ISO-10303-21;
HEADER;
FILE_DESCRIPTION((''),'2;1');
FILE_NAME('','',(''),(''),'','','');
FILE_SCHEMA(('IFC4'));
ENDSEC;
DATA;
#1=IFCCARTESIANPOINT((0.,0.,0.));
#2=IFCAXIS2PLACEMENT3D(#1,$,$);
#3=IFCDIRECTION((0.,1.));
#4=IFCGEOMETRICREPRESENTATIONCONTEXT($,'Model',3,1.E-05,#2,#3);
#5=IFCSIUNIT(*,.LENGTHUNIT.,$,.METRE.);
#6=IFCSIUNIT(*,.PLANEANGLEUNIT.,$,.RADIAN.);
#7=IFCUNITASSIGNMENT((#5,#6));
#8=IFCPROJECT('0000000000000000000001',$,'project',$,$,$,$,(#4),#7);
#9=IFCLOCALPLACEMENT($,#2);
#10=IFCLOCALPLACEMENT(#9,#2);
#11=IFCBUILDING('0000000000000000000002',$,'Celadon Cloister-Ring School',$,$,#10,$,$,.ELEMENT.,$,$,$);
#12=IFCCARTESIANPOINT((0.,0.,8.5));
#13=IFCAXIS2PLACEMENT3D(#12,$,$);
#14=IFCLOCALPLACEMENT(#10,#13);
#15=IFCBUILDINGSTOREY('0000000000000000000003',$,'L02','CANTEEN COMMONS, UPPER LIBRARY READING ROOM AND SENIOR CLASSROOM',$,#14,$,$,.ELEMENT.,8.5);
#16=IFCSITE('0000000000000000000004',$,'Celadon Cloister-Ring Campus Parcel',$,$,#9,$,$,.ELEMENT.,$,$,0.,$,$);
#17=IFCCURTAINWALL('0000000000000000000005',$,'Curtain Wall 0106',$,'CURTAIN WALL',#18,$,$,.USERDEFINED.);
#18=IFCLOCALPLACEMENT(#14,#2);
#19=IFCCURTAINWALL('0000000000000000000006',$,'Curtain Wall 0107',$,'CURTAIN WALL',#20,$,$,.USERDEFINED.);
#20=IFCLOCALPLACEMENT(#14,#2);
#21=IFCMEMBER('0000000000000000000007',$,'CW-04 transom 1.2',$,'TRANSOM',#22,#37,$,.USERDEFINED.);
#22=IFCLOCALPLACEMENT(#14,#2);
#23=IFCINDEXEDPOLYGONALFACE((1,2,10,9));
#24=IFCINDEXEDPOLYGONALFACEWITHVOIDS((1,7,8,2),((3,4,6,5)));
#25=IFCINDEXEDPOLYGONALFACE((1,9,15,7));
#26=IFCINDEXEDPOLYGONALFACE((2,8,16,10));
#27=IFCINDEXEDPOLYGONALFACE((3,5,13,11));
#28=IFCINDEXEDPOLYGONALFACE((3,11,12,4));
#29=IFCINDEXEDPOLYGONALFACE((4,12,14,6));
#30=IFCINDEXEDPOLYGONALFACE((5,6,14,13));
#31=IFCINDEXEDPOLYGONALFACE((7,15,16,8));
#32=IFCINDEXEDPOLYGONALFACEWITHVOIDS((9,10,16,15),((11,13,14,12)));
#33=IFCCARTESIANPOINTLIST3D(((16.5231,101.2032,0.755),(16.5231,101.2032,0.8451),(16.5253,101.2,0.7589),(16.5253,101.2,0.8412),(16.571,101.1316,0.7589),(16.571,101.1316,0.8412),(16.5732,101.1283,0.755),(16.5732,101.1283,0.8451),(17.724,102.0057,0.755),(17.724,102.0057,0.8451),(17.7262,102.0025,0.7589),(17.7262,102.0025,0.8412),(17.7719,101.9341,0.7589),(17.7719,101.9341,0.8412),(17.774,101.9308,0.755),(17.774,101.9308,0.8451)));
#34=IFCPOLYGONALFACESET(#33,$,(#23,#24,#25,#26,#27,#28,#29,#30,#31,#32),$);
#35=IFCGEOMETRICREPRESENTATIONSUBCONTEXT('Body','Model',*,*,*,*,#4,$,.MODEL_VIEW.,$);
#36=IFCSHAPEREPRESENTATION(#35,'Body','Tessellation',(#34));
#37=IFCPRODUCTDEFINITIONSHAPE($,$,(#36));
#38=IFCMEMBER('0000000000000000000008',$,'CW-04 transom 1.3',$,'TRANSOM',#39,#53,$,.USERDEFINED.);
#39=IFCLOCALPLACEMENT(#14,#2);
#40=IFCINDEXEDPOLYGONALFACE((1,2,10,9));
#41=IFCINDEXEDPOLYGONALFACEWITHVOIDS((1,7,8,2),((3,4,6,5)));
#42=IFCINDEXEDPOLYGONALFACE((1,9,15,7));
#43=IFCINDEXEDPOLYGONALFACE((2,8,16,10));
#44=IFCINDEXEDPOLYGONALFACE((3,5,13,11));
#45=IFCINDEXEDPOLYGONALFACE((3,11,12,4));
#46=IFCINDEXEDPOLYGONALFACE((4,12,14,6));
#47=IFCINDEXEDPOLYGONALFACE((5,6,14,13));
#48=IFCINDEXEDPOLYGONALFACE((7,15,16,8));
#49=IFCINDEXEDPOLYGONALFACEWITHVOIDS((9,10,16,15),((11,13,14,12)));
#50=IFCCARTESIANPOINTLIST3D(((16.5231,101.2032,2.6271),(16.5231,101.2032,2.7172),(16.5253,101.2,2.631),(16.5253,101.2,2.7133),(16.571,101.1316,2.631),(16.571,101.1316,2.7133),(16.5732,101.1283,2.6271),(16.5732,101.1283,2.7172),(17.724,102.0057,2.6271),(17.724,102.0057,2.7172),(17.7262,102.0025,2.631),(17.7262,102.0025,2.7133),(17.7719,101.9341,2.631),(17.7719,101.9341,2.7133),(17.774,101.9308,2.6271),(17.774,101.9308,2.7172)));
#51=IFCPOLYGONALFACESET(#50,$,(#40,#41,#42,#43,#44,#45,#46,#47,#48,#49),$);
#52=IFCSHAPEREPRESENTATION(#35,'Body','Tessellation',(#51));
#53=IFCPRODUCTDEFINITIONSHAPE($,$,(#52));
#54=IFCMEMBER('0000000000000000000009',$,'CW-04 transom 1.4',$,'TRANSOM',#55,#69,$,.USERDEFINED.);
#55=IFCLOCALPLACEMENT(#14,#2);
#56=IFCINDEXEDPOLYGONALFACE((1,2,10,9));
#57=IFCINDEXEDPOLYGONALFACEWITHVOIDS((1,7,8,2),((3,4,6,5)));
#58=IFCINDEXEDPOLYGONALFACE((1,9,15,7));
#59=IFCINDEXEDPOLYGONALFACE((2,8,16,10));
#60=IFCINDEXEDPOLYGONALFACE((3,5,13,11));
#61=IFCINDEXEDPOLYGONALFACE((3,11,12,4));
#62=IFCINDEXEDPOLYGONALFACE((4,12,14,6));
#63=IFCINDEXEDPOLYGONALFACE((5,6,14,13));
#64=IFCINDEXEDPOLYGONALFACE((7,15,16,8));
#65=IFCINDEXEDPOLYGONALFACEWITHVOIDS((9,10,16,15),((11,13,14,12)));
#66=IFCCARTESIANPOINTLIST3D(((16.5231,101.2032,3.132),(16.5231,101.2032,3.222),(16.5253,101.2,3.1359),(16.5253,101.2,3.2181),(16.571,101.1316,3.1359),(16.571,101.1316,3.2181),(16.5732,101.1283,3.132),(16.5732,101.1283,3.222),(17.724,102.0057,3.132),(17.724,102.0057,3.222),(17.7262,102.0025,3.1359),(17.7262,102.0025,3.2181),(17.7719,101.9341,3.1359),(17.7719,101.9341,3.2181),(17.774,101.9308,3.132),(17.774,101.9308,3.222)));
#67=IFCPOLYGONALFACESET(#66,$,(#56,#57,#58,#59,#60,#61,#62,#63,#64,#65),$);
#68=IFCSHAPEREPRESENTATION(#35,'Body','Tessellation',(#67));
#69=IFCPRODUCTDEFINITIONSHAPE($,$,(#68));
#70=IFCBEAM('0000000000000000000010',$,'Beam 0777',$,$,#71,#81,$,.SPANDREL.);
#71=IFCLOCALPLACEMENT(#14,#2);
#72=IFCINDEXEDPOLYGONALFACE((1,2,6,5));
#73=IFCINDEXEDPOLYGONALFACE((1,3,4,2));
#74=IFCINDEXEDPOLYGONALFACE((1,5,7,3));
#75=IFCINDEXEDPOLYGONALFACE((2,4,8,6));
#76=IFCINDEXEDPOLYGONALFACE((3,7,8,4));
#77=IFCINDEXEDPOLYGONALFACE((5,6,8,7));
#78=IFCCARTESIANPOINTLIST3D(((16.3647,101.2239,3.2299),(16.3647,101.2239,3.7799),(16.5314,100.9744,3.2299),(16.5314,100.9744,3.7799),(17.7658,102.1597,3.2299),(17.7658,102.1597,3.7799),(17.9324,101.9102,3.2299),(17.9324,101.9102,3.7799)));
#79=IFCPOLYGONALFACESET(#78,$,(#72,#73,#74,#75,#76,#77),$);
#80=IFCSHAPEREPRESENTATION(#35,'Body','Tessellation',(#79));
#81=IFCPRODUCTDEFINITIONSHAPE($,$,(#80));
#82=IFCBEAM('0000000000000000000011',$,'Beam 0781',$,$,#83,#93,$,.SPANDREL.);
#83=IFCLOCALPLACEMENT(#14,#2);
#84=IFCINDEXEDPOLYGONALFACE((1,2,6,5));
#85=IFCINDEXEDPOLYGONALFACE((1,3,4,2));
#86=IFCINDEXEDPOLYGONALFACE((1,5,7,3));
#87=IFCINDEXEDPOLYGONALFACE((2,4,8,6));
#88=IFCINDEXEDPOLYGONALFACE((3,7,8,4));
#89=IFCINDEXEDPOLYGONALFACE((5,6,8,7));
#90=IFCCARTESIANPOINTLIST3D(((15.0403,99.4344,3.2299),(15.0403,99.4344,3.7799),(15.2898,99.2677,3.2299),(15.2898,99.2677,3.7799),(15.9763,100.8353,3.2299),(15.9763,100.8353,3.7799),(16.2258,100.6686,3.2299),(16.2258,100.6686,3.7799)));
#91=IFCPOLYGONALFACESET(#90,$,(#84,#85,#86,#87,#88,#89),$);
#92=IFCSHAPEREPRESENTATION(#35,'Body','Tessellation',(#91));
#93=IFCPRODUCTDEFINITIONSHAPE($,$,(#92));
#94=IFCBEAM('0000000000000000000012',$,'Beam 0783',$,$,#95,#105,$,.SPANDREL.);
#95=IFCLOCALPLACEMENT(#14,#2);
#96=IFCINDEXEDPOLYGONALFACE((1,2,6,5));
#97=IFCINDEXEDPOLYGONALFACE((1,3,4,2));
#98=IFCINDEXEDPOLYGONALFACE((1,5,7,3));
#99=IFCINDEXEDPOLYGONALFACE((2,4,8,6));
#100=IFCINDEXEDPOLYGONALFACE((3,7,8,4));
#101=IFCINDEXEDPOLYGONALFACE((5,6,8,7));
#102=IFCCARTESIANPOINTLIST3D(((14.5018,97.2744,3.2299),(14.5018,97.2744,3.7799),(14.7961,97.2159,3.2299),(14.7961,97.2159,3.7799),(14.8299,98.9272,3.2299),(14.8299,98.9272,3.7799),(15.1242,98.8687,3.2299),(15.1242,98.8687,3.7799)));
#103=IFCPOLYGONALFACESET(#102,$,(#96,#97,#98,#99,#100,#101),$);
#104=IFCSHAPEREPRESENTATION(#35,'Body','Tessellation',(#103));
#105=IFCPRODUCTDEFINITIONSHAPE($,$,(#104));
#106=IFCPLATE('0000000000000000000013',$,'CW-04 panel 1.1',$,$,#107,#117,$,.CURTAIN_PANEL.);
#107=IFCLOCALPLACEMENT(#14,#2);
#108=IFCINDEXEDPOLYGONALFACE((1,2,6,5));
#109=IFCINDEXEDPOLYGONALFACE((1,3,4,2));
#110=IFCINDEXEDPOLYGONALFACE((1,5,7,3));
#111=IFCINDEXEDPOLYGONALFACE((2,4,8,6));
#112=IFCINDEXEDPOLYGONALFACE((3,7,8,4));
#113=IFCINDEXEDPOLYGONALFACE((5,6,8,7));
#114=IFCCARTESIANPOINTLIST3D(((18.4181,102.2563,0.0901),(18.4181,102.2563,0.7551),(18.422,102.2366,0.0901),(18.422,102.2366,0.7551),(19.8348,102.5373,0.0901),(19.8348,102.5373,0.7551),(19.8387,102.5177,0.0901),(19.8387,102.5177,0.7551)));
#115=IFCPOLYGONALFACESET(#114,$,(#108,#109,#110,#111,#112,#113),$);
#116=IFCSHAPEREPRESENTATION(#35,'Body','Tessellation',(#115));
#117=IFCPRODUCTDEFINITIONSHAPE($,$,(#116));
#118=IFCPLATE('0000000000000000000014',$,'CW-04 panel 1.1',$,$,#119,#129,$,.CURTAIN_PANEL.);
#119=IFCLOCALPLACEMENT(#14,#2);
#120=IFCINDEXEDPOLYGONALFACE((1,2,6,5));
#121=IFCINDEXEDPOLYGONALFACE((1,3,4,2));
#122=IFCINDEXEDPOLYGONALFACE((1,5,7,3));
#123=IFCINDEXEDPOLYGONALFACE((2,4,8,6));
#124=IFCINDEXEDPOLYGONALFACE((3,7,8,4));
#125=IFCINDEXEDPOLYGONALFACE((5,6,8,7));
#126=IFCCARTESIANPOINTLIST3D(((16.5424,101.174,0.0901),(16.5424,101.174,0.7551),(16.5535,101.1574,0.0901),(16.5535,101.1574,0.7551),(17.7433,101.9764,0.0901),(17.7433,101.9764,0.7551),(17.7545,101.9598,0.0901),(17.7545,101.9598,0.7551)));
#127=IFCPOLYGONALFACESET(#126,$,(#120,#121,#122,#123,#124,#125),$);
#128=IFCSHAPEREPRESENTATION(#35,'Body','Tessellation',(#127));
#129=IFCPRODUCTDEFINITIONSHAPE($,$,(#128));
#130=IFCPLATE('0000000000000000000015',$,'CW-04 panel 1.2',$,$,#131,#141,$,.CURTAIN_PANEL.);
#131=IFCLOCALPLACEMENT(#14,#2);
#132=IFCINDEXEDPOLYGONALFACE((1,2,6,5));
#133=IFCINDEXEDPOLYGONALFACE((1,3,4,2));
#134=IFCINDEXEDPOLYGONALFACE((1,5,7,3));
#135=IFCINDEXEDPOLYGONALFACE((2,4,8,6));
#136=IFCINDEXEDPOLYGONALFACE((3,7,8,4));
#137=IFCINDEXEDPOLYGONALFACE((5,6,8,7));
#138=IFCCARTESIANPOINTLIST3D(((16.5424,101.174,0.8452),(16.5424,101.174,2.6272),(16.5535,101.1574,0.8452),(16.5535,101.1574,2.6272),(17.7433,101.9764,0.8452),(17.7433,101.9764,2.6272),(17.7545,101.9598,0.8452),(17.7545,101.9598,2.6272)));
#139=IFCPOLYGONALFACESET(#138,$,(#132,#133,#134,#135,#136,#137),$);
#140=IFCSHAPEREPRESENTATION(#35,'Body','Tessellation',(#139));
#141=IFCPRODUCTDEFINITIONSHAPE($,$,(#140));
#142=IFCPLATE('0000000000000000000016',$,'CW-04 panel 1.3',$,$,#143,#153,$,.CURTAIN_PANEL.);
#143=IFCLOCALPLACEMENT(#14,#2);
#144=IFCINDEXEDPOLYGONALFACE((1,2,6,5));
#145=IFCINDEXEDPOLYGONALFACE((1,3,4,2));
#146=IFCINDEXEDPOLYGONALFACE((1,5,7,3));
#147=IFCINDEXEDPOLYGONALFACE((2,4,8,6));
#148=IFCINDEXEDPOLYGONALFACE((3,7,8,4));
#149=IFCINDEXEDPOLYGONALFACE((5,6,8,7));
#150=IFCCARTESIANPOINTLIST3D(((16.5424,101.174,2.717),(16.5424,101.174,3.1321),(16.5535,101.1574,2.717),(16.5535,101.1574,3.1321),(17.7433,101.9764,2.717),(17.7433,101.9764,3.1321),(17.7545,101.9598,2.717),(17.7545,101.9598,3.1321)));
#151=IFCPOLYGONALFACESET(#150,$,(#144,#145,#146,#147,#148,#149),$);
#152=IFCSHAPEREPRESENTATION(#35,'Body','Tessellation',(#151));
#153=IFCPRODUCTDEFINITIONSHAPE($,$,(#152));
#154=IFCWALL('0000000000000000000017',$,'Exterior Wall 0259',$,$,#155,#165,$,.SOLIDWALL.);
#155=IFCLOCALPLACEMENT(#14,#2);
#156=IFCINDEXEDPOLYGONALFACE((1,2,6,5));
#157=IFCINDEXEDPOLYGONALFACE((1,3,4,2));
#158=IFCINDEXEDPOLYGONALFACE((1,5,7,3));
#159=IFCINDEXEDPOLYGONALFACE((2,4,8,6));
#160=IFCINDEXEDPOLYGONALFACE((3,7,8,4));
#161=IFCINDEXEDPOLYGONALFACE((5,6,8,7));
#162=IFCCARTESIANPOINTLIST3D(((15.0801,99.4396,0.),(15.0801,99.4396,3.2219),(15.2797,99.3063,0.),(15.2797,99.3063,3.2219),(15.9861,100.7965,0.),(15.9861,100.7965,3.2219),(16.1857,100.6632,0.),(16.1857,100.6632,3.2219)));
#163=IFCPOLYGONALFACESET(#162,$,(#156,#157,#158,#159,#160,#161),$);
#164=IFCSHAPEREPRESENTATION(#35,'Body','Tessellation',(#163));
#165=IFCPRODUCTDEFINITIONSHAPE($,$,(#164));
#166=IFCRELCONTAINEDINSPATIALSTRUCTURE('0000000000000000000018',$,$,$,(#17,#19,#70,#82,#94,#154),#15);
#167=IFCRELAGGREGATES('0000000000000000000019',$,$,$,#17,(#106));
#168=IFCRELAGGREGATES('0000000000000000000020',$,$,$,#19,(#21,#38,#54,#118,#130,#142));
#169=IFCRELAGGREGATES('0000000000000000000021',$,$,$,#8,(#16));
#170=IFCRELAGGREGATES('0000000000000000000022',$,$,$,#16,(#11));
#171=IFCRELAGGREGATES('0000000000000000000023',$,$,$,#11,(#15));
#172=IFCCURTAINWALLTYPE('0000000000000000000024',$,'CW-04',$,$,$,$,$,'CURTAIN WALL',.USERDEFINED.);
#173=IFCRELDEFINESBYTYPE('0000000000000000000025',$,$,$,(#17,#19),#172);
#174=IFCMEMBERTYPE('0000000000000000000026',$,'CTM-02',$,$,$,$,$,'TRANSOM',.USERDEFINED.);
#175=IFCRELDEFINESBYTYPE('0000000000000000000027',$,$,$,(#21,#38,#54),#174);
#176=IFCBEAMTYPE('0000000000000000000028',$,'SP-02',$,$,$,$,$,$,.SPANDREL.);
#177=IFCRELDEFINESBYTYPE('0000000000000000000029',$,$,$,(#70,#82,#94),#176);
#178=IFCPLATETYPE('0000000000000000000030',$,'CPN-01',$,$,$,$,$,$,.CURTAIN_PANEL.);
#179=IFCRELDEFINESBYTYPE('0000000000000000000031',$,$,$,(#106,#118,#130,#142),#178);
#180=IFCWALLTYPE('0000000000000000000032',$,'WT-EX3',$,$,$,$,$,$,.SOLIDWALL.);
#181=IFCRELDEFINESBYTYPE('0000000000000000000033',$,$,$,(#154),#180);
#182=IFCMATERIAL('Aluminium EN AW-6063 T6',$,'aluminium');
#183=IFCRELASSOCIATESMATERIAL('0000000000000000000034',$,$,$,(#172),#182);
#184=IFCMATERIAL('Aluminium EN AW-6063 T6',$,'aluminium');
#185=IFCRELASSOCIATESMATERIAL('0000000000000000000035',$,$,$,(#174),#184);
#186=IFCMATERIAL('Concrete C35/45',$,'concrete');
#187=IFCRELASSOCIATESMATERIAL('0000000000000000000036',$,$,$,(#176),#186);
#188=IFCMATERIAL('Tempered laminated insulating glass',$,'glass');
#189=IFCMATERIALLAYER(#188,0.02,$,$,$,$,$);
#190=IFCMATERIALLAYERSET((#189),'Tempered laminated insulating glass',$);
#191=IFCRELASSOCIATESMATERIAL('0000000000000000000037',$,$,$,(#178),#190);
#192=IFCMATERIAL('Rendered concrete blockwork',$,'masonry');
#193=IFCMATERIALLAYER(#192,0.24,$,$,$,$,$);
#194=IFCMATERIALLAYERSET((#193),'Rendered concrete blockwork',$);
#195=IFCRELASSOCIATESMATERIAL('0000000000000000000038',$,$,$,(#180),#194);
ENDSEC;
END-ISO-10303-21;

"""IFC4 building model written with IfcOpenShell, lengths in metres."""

from ifc_helpers import new_model, si_unit, direction, frame, frame_2d, origin, origin_2d, place, context, subcontext, project, spatial, rectangle, hollow_rectangle, extrude, material, layer, layer_set, material_profile, profile_set, type_object, element, aggregate, save


model = new_model("IFC4")

# Units and contexts
model_context = context("Model", 3, precision=1e-05, world=origin(), true_north=direction((0.0, 1.0)))
body_context = subcontext(model_context, "Body", "Model", "MODEL_VIEW")
ifc_project = project(units=[si_unit("LENGTHUNIT", "METRE"), si_unit("PLANEANGLEUNIT", "RADIAN")], contexts=[model_context])

# Site, building, storey
site_placement = place(None, origin())
site = spatial("IfcSite", under=ifc_project, at=site_placement, Name="Celadon Cloister-Ring Campus Parcel", CompositionType="ELEMENT", RefElevation=0.0)
building_placement = place(site_placement, origin())
building = spatial("IfcBuilding", under=site, at=building_placement, Name="Celadon Cloister-Ring School", CompositionType="ELEMENT")
storey_placement = place(building_placement, frame((0.0, 0.0, 8.5)))
storey = spatial("IfcBuildingStorey", under=building, at=storey_placement, Name="L02", Description="CANTEEN COMMONS, UPPER LIBRARY READING ROOM AND SENIOR CLASSROOM", CompositionType="ELEMENT", Elevation=8.5)

# Curtain wall
ifc_material_1 = material(Name="Aluminium EN AW-6063 T6", Category="aluminium")
curtain_wall_type = type_object("IfcCurtainWallType", Name="CW-04", ElementType="CURTAIN WALL", PredefinedType="USERDEFINED", material=ifc_material_1)
curtain_wall_1_placement = place(storey_placement, origin())
curtain_wall_1 = element("IfcCurtainWall", 1, at=curtain_wall_1_placement, inside=storey, type_object=curtain_wall_type, Name="Curtain Wall 0106", ObjectType="CURTAIN WALL", PredefinedType="USERDEFINED")

# Curtain wall, members
curtain_wall_2_placement = place(storey_placement, origin())
curtain_wall_2 = element("IfcCurtainWall", 2, at=curtain_wall_2_placement, inside=storey, type_object=curtain_wall_type, Name="Curtain Wall 0107", ObjectType="CURTAIN WALL", PredefinedType="USERDEFINED")
ifc_material_2 = material(Name="Aluminium EN AW-6063 T6", Category="aluminium")
ifc_material_profile_1 = material_profile(ifc_material_2, hollow_rectangle(XDim=0.0901, YDim=0.0901, WallThickness=0.0039, at=origin_2d()), Name="RHS90X90X4")
ifc_profile_set_1 = profile_set([ifc_material_profile_1], Name="Aluminium EN AW-6063 T6")
member_type_1 = type_object("IfcMemberType", Name="CTM-02", ElementType="TRANSOM", PredefinedType="USERDEFINED", material=ifc_profile_set_1)
member_1_placement = place(storey_placement, frame((17.749, 101.9683, 0.8), z_axis=(-0.831452, -0.555597, 0.0), x_axis=(0.555597, -0.831452, 0.0)))
member_1 = element("IfcMember", 3, at=member_1_placement, type_object=member_type_1, Name="CW-04 transom 1.2", ObjectType="TRANSOM", PredefinedType="USERDEFINED", context=body_context, shape_type="SweptSolid", body=[
    extrude(hollow_rectangle(XDim=0.0901, YDim=0.0901, WallThickness=0.0039, at=origin_2d()), origin(), (0.0, 0.0, 1.0), 1.4443),
])
member_2_placement = place(storey_placement, frame((17.749, 101.9683, 2.6721), z_axis=(-0.831452, -0.555597, 0.0), x_axis=(0.555597, -0.831452, 0.0)))
member_2 = element("IfcMember", 4, at=member_2_placement, type_object=member_type_1, Name="CW-04 transom 1.3", ObjectType="TRANSOM", PredefinedType="USERDEFINED", context=body_context, shape_type="SweptSolid", body=[
    extrude(hollow_rectangle(XDim=0.0901, YDim=0.0901, WallThickness=0.0039, at=origin_2d()), origin(), (0.0, 0.0, 1.0), 1.4443),
])
member_3_placement = place(storey_placement, frame((17.749, 101.9683, 3.177), z_axis=(-0.831452, -0.555597, 0.0), x_axis=(0.555597, -0.831452, 0.0)))
member_3 = element("IfcMember", 5, at=member_3_placement, type_object=member_type_1, Name="CW-04 transom 1.4", ObjectType="TRANSOM", PredefinedType="USERDEFINED", context=body_context, shape_type="SweptSolid", body=[
    extrude(hollow_rectangle(XDim=0.0901, YDim=0.0901, WallThickness=0.0039, at=origin_2d()), origin(), (0.0, 0.0, 1.0), 1.4443),
])

# Beams
ifc_material_3 = material(Name="Concrete C35/45", Category="concrete")
ifc_material_profile_2 = material_profile(ifc_material_3, rectangle(XDim=0.3, YDim=0.55, at=origin_2d()), Name="RC300X550")
ifc_profile_set_2 = profile_set([ifc_material_profile_2], Name="Concrete C35/45")
beam_type = type_object("IfcBeamType", Name="SP-02", PredefinedType="SPANDREL", material=ifc_profile_set_2)
for number, where, z_axis, x_axis, name in (
    (6, (17.8491, 102.0349, 3.5049), (-0.831582, -0.555402, 0.0), (0.555402, -0.831582, 0.0), "Beam 0777"),
    (7, (16.1011, 100.752, 3.5049), (-0.555569, -0.83147, 0.0), (0.83147, -0.555569, 0.0), "Beam 0781"),
):
    element("IfcBeam", number, at=place(storey_placement, frame(where, z_axis=z_axis, x_axis=x_axis)), inside=storey, type_object=beam_type, Name=name, PredefinedType="SPANDREL", context=body_context, shape_type="SweptSolid", body=[
        extrude(rectangle(XDim=0.3, YDim=0.55, at=origin_2d()), origin(), (0.0, 0.0, 1.0), 1.6848),
    ])
beam_placement = place(storey_placement, frame((14.9771, 98.8979, 3.5049), z_axis=(-0.194723, -0.980858, 0.0), x_axis=(0.980858, -0.194723, 0.0)))
element("IfcBeam", 8, at=beam_placement, inside=storey, type_object=beam_type, Name="Beam 0783", PredefinedType="SPANDREL", context=body_context, shape_type="SweptSolid", body=[
    extrude(rectangle(XDim=0.3, YDim=0.55, at=origin_2d()), origin(), (0.0, 0.0, 1.0), 1.6851),
])

# Plates
ifc_material_4 = material(Name="Tempered laminated insulating glass", Category="glass")
ifc_layer_1 = layer(ifc_material_4, 0.02)
ifc_layer_set_1 = layer_set([ifc_layer_1], Name="Tempered laminated insulating glass")
plate_type = type_object("IfcPlateType", Name="CPN-01", PredefinedType="CURTAIN_PANEL", material=ifc_layer_set_1)
plate_1_placement = place(storey_placement, frame((19.1284, 102.387, 0.0901), z_axis=(0.0, 0.0, 1.0), x_axis=(-0.980885, -0.194586, 0.0)))
plate_1 = element("IfcPlate", 9, at=plate_1_placement, type_object=plate_type, Name="CW-04 panel 1.1", PredefinedType="CURTAIN_PANEL", context=body_context, shape_type="SweptSolid", body=[
    extrude(rectangle(XDim=1.4443, YDim=0.02, at=origin_2d()), origin(), (0.0, 0.0, 1.0), 0.665),
])
aggregate(curtain_wall_1, [plate_1])
plate_2_placement = place(storey_placement, frame((17.1484, 101.5669, 0.0901), z_axis=(0.0, 0.0, 1.0), x_axis=(-0.831485, -0.555547, 0.0)))
plate_2 = element("IfcPlate", 10, at=plate_2_placement, type_object=plate_type, Name="CW-04 panel 1.1", PredefinedType="CURTAIN_PANEL", context=body_context, shape_type="SweptSolid", body=[
    extrude(rectangle(XDim=1.4443, YDim=0.02, at=origin_2d()), origin(), (0.0, 0.0, 1.0), 0.665),
])
plate_3_placement = place(storey_placement, frame((17.1484, 101.5669, 0.8452), z_axis=(0.0, 0.0, 1.0), x_axis=(-0.831485, -0.555547, 0.0)))
plate_3 = element("IfcPlate", 11, at=plate_3_placement, type_object=plate_type, Name="CW-04 panel 1.2", PredefinedType="CURTAIN_PANEL", context=body_context, shape_type="SweptSolid", body=[
    extrude(rectangle(XDim=1.4443, YDim=0.02, at=origin_2d()), origin(), (0.0, 0.0, 1.0), 1.782),
])
plate_4_placement = place(storey_placement, frame((17.1484, 101.5669, 2.717), z_axis=(0.0, 0.0, 1.0), x_axis=(-0.831485, -0.555547, 0.0)))
plate_4 = element("IfcPlate", 12, at=plate_4_placement, type_object=plate_type, Name="CW-04 panel 1.3", PredefinedType="CURTAIN_PANEL", context=body_context, shape_type="SweptSolid", body=[
    extrude(rectangle(XDim=1.4443, YDim=0.02, at=origin_2d()), origin(), (0.0, 0.0, 1.0), 0.415),
])
aggregate(curtain_wall_2, [member_1, member_2, member_3, plate_2, plate_3, plate_4])

# Wall
ifc_material_5 = material(Name="Rendered concrete blockwork", Category="masonry")
ifc_layer_2 = layer(ifc_material_5, 0.24)
ifc_layer_set_2 = layer_set([ifc_layer_2], Name="Rendered concrete blockwork")
wall_type = type_object("IfcWallType", Name="WT-EX3", PredefinedType="SOLIDWALL", material=ifc_layer_set_2)
wall_placement = place(storey_placement, frame((16.0859, 100.73, 0.0), z_axis=(0.0, 0.0, 1.0), x_axis=(-0.555287, -0.831659, 0.0)))
element("IfcWall", 13, at=wall_placement, inside=storey, type_object=wall_type, Name="Exterior Wall 0259", PredefinedType="SOLIDWALL", context=body_context, shape_type="SweptSolid", body=[
    extrude(rectangle(XDim=1.6316, YDim=0.24, at=frame_2d((0.8159, 0.0))), origin(), (0.0, 0.0, 1.0), 3.2219),
])

save(model, "model.ifc")
